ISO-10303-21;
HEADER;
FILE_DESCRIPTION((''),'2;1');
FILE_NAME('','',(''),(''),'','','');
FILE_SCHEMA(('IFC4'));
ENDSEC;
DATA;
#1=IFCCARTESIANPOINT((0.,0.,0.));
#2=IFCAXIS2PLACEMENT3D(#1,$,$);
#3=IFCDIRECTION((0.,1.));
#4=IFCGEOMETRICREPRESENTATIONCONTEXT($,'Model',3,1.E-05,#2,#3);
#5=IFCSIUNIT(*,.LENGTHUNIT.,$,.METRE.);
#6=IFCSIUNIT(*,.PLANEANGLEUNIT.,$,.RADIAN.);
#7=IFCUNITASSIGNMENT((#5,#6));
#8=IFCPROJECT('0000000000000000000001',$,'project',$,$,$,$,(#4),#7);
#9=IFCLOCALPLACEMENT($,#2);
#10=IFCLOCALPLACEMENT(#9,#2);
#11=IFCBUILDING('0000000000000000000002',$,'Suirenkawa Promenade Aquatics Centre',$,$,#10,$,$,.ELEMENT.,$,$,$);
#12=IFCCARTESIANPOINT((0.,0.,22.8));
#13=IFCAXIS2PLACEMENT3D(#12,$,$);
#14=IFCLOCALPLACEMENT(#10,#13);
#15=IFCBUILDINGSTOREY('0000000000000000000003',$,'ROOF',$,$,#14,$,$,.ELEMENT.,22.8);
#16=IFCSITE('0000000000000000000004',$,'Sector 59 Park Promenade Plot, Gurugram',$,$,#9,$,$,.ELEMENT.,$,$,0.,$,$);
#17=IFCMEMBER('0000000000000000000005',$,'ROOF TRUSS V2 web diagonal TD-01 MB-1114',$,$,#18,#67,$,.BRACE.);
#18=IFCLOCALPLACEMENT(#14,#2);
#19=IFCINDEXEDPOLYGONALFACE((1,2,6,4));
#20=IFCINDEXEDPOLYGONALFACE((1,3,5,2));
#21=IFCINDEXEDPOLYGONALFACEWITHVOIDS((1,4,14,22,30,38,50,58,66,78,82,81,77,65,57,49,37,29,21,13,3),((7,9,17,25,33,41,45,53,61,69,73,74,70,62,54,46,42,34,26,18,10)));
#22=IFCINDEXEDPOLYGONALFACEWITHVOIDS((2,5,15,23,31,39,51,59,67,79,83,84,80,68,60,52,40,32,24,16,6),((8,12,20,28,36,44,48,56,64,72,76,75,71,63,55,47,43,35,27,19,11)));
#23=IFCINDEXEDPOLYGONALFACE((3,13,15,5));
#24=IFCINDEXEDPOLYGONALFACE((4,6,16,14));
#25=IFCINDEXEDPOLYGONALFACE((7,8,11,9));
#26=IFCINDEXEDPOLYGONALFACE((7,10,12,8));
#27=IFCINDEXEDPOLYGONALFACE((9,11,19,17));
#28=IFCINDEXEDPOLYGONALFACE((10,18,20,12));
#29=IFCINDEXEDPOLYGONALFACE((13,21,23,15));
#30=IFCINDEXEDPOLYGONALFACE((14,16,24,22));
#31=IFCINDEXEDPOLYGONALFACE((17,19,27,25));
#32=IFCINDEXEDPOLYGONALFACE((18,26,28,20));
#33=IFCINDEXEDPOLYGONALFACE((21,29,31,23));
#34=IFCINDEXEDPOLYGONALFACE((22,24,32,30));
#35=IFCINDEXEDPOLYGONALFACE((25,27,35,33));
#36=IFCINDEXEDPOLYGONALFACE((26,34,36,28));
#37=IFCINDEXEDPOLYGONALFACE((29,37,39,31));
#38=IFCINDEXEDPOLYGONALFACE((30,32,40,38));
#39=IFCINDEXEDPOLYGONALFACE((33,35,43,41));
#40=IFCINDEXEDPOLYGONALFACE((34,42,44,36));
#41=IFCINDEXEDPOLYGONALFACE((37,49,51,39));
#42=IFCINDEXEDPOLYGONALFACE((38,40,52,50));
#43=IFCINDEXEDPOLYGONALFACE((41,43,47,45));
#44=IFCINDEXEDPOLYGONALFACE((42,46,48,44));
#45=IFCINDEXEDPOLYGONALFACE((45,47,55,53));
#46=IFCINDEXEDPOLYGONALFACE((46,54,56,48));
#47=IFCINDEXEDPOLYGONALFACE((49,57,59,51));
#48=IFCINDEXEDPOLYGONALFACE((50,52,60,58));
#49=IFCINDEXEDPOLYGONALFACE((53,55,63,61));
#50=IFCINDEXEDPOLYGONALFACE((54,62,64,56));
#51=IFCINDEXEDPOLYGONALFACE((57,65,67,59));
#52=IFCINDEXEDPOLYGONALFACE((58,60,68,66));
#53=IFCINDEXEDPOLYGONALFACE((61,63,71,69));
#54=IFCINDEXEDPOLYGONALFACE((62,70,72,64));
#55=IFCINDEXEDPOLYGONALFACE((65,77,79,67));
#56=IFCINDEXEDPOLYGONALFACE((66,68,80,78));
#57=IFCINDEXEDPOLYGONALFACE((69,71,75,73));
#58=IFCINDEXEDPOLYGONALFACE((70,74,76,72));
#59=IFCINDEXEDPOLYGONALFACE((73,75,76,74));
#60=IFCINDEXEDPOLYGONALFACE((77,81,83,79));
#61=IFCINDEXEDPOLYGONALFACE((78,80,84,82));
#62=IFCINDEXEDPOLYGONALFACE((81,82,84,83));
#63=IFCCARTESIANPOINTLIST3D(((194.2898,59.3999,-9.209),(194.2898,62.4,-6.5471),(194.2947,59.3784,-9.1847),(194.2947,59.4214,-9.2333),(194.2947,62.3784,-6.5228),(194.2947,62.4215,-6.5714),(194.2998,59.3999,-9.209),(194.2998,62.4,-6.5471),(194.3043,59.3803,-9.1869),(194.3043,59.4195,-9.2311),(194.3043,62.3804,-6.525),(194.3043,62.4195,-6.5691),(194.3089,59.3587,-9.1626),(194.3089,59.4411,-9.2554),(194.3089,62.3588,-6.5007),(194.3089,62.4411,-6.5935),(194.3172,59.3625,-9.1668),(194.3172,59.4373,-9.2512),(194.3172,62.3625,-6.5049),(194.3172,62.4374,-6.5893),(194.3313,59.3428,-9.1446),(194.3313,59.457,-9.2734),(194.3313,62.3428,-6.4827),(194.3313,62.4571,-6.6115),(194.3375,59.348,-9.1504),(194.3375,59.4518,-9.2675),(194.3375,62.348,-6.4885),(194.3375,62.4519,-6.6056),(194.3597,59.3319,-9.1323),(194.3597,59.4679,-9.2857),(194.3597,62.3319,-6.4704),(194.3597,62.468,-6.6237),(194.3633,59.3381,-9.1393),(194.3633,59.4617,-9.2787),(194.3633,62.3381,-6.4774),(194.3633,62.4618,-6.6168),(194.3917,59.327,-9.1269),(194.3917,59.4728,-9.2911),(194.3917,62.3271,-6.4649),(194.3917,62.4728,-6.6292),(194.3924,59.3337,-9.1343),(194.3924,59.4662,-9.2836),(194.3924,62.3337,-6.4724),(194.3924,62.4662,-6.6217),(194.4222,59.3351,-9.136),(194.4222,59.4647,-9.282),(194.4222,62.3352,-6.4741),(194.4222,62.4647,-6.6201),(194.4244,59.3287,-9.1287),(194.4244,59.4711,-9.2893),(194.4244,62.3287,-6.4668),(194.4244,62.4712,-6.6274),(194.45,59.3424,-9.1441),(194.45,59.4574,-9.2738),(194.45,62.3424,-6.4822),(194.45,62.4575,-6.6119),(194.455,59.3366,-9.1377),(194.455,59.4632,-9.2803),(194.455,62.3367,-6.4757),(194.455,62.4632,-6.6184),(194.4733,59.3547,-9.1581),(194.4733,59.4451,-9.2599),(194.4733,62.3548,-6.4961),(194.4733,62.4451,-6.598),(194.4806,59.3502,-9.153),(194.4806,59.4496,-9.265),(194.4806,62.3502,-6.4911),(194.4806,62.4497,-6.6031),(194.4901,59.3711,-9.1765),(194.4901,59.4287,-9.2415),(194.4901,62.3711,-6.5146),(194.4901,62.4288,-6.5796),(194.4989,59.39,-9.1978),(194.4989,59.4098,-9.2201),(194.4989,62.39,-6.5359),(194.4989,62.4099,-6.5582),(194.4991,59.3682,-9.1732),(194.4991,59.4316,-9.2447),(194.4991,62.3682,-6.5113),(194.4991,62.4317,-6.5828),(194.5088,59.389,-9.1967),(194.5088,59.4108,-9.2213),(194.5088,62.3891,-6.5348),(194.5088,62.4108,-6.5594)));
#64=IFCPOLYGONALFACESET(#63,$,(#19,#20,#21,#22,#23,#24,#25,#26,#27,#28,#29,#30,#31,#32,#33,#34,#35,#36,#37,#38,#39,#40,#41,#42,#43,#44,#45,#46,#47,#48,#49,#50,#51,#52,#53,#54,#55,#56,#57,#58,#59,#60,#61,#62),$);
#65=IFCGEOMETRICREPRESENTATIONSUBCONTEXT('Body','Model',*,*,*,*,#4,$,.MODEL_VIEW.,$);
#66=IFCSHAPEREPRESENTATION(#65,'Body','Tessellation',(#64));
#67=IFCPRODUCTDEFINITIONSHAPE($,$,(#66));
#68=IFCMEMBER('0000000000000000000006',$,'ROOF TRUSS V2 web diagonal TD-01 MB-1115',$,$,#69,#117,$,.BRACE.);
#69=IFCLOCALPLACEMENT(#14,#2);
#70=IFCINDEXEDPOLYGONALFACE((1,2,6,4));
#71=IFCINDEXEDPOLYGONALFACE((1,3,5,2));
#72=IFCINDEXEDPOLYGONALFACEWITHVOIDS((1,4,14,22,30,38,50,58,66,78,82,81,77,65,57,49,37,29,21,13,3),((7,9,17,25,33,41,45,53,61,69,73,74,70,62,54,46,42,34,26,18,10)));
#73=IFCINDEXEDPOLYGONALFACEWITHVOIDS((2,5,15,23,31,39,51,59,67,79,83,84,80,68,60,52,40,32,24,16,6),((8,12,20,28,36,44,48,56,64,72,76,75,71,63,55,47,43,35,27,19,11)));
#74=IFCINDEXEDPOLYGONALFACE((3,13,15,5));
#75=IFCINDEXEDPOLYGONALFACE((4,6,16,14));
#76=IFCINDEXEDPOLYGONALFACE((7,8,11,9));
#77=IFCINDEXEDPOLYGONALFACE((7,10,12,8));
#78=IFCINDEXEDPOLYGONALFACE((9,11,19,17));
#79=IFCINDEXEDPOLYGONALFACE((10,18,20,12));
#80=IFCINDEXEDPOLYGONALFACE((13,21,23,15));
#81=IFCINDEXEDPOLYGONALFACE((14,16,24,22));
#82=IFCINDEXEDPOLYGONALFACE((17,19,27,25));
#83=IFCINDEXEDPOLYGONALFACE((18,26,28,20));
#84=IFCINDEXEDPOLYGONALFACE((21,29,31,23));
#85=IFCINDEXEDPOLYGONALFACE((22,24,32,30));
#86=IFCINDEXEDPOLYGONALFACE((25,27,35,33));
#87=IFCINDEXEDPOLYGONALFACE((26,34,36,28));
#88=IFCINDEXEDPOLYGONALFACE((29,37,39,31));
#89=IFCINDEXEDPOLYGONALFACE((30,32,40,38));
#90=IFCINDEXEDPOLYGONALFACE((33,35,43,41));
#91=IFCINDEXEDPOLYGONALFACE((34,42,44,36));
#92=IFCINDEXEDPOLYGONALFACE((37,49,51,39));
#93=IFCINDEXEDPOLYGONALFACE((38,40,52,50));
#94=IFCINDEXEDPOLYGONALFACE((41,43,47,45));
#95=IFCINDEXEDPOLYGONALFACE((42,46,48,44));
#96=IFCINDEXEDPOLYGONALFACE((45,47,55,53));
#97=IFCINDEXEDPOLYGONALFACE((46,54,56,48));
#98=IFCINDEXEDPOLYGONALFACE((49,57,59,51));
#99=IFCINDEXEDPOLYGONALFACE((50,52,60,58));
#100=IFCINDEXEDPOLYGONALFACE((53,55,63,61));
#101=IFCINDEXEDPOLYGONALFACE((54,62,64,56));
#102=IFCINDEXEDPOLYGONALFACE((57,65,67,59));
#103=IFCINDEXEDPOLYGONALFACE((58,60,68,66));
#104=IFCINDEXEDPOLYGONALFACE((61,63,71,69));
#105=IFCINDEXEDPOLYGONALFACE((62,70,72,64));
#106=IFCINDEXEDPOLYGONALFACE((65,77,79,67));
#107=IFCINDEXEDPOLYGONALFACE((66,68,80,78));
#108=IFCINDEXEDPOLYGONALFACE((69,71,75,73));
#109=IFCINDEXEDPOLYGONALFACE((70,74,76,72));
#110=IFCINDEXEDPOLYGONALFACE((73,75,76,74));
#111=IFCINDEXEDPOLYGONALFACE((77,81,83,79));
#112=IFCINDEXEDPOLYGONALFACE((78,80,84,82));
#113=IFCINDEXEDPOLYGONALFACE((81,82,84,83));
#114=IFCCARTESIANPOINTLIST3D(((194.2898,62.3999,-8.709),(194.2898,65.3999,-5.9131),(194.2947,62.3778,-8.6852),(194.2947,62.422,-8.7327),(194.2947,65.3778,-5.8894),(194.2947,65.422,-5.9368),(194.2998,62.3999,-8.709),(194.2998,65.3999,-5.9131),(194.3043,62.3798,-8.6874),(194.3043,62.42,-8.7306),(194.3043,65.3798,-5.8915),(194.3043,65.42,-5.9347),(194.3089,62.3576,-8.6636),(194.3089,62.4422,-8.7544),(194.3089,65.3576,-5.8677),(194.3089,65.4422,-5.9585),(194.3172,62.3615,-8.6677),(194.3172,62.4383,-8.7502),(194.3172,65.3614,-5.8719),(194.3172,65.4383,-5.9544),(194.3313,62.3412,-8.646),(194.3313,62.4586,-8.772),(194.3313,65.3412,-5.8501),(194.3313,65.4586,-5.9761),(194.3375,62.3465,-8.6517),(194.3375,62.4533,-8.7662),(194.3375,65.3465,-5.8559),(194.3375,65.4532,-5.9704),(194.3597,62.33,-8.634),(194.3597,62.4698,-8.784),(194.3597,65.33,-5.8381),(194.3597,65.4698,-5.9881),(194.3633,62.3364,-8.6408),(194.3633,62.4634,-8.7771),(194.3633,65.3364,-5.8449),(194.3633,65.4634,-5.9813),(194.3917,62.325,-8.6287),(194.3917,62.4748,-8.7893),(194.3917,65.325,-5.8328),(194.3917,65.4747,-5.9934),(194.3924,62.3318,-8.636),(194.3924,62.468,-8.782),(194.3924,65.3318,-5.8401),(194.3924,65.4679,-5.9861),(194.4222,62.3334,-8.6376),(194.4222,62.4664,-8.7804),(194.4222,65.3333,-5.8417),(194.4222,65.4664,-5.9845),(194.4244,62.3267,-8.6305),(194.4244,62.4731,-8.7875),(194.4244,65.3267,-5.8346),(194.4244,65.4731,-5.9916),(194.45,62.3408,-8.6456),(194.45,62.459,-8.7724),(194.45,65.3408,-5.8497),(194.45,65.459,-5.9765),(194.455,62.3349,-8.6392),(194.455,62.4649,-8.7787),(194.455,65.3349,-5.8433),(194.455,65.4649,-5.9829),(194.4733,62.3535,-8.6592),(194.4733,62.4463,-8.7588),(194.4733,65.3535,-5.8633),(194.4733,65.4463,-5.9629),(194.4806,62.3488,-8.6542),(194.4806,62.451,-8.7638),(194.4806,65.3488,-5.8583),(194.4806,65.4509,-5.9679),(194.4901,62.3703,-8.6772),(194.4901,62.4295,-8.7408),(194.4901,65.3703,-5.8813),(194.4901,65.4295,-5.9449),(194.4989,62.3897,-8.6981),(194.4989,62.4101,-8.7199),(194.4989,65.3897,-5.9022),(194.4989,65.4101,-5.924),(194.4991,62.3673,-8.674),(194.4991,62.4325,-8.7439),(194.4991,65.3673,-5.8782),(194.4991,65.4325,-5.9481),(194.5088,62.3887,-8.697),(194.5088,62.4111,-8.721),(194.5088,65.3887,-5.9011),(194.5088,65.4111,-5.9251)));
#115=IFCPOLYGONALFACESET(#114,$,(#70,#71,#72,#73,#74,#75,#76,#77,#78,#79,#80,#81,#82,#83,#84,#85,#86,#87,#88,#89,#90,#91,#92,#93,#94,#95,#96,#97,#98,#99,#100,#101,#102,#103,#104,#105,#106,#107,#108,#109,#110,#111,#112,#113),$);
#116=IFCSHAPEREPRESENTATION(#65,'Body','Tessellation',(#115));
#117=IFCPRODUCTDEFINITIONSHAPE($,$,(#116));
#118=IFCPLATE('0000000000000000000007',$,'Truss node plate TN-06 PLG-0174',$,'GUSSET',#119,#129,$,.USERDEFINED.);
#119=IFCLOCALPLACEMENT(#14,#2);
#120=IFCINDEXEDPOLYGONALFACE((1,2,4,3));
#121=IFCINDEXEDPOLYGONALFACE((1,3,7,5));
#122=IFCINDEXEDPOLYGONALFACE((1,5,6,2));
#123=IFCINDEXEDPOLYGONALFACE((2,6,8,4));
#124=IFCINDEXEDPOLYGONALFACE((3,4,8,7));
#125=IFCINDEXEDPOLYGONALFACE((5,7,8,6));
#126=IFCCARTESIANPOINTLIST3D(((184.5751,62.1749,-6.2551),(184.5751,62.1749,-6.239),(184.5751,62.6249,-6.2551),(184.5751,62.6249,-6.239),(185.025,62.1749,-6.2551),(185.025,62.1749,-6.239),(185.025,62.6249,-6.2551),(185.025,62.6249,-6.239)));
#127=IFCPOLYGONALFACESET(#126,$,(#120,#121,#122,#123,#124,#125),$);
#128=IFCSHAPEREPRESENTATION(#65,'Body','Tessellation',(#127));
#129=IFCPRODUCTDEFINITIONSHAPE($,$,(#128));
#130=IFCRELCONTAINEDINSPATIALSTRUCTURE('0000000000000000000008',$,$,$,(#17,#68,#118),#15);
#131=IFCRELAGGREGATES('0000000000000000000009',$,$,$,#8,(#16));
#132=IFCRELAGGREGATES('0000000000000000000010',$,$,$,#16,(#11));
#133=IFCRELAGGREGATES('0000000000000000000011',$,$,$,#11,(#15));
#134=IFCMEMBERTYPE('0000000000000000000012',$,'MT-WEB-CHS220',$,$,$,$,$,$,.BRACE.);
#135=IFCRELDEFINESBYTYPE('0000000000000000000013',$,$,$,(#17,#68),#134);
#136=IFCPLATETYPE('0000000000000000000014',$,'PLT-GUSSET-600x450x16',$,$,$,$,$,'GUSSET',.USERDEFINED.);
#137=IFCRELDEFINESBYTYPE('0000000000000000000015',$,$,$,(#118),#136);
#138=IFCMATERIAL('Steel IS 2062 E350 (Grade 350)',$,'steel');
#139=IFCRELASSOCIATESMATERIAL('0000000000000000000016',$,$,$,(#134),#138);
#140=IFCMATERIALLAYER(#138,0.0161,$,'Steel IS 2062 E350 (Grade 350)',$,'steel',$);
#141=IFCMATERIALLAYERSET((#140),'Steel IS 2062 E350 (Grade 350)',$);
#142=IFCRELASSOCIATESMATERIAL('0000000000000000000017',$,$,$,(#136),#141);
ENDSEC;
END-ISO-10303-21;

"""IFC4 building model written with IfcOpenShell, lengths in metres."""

from ifc_helpers import new_model, si_unit, direction, frame, origin, origin_2d, place, context, subcontext, project, spatial, rectangle, hollow_circle, extrude, material, layer, layer_set, material_profile, profile_set, type_object, element, save


model = new_model("IFC4")

# Units and contexts
model_context = context("Model", 3, precision=1e-05, world=origin(), true_north=direction((0.0, 1.0)))
body_context = subcontext(model_context, "Body", "Model", "MODEL_VIEW")
ifc_project = project(units=[si_unit("LENGTHUNIT", "METRE"), si_unit("PLANEANGLEUNIT", "RADIAN")], contexts=[model_context])

# Site, building, storey
site_placement = place(None, origin())
site = spatial("IfcSite", under=ifc_project, at=site_placement, Name="Sector 59 Park Promenade Plot, Gurugram", CompositionType="ELEMENT", RefElevation=0.0)
building_placement = place(site_placement, origin())
building = spatial("IfcBuilding", under=site, at=building_placement, Name="Suirenkawa Promenade Aquatics Centre", CompositionType="ELEMENT")
storey_placement = place(building_placement, frame((0.0, 0.0, 22.8)))
storey = spatial("IfcBuildingStorey", under=building, at=storey_placement, Name="ROOF", CompositionType="ELEMENT", Elevation=22.8)

# Shared definitions
ifc_material = material(Name="Steel IS 2062 E350 (Grade 350)", Category="steel")

# Members
ifc_material_profile_1 = material_profile(ifc_material, hollow_circle(Radius=0.1101, WallThickness=0.01, at=origin_2d()), Name="CHS 220x10", Category="steel")
ifc_profile_set_1 = profile_set([ifc_material_profile_1], Name="Steel IS 2062 E350 (Grade 350)")
member_type_1 = type_object("IfcMemberType", Name="MT-WEB-CHS220", PredefinedType="BRACE", material=ifc_profile_set_1)
member_1_placement = place(storey_placement, frame((194.3999, 59.3999, -9.209), z_axis=(0.0, 0.748003, 0.663695), x_axis=(-1.0, 0.0, 0.0)))
element("IfcMember", 1, at=member_1_placement, inside=storey, type_object=member_type_1, Name="ROOF TRUSS V2 web diagonal TD-01 MB-1114", PredefinedType="BRACE", context=body_context, shape_type="SweptSolid", body=[
    extrude(hollow_circle(Radius=0.1101, WallThickness=0.01, at=origin_2d()), origin(), (0.0, 0.0, 1.0), 4.0107),
])
member_2_placement = place(storey_placement, frame((194.3999, 62.3999, -8.709), z_axis=(0.0, 0.731554, 0.681784), x_axis=(-1.0, 0.0, 0.0)))
element("IfcMember", 2, at=member_2_placement, inside=storey, type_object=member_type_1, Name="ROOF TRUSS V2 web diagonal TD-01 MB-1115", PredefinedType="BRACE", context=body_context, shape_type="SweptSolid", body=[
    extrude(hollow_circle(Radius=0.1101, WallThickness=0.01, at=origin_2d()), origin(), (0.0, 0.0, 1.0), 4.1008),
])

# Plate
ifc_layer = layer(ifc_material, 0.0161, Name="Steel IS 2062 E350 (Grade 350)", Category="steel")
ifc_layer_set = layer_set([ifc_layer], Name="Steel IS 2062 E350 (Grade 350)")
plate_type = type_object("IfcPlateType", Name="PLT-GUSSET-600x450x16", ElementType="GUSSET", PredefinedType="USERDEFINED", material=ifc_layer_set)
plate_placement = place(storey_placement, frame((184.8, 62.3999, -6.2551), z_axis=(0.0, 0.0, 1.0), x_axis=(1.0, 0.0, 0.0)))
element("IfcPlate", 3, at=plate_placement, inside=storey, type_object=plate_type, Name="Truss node plate TN-06 PLG-0174", ObjectType="GUSSET", PredefinedType="USERDEFINED", context=body_context, shape_type="SweptSolid", body=[
    extrude(rectangle(XDim=0.45, YDim=0.45, at=origin_2d()), origin(), (0.0, 0.0, 1.0), 0.0161),
])

save(model, "model.ifc")
